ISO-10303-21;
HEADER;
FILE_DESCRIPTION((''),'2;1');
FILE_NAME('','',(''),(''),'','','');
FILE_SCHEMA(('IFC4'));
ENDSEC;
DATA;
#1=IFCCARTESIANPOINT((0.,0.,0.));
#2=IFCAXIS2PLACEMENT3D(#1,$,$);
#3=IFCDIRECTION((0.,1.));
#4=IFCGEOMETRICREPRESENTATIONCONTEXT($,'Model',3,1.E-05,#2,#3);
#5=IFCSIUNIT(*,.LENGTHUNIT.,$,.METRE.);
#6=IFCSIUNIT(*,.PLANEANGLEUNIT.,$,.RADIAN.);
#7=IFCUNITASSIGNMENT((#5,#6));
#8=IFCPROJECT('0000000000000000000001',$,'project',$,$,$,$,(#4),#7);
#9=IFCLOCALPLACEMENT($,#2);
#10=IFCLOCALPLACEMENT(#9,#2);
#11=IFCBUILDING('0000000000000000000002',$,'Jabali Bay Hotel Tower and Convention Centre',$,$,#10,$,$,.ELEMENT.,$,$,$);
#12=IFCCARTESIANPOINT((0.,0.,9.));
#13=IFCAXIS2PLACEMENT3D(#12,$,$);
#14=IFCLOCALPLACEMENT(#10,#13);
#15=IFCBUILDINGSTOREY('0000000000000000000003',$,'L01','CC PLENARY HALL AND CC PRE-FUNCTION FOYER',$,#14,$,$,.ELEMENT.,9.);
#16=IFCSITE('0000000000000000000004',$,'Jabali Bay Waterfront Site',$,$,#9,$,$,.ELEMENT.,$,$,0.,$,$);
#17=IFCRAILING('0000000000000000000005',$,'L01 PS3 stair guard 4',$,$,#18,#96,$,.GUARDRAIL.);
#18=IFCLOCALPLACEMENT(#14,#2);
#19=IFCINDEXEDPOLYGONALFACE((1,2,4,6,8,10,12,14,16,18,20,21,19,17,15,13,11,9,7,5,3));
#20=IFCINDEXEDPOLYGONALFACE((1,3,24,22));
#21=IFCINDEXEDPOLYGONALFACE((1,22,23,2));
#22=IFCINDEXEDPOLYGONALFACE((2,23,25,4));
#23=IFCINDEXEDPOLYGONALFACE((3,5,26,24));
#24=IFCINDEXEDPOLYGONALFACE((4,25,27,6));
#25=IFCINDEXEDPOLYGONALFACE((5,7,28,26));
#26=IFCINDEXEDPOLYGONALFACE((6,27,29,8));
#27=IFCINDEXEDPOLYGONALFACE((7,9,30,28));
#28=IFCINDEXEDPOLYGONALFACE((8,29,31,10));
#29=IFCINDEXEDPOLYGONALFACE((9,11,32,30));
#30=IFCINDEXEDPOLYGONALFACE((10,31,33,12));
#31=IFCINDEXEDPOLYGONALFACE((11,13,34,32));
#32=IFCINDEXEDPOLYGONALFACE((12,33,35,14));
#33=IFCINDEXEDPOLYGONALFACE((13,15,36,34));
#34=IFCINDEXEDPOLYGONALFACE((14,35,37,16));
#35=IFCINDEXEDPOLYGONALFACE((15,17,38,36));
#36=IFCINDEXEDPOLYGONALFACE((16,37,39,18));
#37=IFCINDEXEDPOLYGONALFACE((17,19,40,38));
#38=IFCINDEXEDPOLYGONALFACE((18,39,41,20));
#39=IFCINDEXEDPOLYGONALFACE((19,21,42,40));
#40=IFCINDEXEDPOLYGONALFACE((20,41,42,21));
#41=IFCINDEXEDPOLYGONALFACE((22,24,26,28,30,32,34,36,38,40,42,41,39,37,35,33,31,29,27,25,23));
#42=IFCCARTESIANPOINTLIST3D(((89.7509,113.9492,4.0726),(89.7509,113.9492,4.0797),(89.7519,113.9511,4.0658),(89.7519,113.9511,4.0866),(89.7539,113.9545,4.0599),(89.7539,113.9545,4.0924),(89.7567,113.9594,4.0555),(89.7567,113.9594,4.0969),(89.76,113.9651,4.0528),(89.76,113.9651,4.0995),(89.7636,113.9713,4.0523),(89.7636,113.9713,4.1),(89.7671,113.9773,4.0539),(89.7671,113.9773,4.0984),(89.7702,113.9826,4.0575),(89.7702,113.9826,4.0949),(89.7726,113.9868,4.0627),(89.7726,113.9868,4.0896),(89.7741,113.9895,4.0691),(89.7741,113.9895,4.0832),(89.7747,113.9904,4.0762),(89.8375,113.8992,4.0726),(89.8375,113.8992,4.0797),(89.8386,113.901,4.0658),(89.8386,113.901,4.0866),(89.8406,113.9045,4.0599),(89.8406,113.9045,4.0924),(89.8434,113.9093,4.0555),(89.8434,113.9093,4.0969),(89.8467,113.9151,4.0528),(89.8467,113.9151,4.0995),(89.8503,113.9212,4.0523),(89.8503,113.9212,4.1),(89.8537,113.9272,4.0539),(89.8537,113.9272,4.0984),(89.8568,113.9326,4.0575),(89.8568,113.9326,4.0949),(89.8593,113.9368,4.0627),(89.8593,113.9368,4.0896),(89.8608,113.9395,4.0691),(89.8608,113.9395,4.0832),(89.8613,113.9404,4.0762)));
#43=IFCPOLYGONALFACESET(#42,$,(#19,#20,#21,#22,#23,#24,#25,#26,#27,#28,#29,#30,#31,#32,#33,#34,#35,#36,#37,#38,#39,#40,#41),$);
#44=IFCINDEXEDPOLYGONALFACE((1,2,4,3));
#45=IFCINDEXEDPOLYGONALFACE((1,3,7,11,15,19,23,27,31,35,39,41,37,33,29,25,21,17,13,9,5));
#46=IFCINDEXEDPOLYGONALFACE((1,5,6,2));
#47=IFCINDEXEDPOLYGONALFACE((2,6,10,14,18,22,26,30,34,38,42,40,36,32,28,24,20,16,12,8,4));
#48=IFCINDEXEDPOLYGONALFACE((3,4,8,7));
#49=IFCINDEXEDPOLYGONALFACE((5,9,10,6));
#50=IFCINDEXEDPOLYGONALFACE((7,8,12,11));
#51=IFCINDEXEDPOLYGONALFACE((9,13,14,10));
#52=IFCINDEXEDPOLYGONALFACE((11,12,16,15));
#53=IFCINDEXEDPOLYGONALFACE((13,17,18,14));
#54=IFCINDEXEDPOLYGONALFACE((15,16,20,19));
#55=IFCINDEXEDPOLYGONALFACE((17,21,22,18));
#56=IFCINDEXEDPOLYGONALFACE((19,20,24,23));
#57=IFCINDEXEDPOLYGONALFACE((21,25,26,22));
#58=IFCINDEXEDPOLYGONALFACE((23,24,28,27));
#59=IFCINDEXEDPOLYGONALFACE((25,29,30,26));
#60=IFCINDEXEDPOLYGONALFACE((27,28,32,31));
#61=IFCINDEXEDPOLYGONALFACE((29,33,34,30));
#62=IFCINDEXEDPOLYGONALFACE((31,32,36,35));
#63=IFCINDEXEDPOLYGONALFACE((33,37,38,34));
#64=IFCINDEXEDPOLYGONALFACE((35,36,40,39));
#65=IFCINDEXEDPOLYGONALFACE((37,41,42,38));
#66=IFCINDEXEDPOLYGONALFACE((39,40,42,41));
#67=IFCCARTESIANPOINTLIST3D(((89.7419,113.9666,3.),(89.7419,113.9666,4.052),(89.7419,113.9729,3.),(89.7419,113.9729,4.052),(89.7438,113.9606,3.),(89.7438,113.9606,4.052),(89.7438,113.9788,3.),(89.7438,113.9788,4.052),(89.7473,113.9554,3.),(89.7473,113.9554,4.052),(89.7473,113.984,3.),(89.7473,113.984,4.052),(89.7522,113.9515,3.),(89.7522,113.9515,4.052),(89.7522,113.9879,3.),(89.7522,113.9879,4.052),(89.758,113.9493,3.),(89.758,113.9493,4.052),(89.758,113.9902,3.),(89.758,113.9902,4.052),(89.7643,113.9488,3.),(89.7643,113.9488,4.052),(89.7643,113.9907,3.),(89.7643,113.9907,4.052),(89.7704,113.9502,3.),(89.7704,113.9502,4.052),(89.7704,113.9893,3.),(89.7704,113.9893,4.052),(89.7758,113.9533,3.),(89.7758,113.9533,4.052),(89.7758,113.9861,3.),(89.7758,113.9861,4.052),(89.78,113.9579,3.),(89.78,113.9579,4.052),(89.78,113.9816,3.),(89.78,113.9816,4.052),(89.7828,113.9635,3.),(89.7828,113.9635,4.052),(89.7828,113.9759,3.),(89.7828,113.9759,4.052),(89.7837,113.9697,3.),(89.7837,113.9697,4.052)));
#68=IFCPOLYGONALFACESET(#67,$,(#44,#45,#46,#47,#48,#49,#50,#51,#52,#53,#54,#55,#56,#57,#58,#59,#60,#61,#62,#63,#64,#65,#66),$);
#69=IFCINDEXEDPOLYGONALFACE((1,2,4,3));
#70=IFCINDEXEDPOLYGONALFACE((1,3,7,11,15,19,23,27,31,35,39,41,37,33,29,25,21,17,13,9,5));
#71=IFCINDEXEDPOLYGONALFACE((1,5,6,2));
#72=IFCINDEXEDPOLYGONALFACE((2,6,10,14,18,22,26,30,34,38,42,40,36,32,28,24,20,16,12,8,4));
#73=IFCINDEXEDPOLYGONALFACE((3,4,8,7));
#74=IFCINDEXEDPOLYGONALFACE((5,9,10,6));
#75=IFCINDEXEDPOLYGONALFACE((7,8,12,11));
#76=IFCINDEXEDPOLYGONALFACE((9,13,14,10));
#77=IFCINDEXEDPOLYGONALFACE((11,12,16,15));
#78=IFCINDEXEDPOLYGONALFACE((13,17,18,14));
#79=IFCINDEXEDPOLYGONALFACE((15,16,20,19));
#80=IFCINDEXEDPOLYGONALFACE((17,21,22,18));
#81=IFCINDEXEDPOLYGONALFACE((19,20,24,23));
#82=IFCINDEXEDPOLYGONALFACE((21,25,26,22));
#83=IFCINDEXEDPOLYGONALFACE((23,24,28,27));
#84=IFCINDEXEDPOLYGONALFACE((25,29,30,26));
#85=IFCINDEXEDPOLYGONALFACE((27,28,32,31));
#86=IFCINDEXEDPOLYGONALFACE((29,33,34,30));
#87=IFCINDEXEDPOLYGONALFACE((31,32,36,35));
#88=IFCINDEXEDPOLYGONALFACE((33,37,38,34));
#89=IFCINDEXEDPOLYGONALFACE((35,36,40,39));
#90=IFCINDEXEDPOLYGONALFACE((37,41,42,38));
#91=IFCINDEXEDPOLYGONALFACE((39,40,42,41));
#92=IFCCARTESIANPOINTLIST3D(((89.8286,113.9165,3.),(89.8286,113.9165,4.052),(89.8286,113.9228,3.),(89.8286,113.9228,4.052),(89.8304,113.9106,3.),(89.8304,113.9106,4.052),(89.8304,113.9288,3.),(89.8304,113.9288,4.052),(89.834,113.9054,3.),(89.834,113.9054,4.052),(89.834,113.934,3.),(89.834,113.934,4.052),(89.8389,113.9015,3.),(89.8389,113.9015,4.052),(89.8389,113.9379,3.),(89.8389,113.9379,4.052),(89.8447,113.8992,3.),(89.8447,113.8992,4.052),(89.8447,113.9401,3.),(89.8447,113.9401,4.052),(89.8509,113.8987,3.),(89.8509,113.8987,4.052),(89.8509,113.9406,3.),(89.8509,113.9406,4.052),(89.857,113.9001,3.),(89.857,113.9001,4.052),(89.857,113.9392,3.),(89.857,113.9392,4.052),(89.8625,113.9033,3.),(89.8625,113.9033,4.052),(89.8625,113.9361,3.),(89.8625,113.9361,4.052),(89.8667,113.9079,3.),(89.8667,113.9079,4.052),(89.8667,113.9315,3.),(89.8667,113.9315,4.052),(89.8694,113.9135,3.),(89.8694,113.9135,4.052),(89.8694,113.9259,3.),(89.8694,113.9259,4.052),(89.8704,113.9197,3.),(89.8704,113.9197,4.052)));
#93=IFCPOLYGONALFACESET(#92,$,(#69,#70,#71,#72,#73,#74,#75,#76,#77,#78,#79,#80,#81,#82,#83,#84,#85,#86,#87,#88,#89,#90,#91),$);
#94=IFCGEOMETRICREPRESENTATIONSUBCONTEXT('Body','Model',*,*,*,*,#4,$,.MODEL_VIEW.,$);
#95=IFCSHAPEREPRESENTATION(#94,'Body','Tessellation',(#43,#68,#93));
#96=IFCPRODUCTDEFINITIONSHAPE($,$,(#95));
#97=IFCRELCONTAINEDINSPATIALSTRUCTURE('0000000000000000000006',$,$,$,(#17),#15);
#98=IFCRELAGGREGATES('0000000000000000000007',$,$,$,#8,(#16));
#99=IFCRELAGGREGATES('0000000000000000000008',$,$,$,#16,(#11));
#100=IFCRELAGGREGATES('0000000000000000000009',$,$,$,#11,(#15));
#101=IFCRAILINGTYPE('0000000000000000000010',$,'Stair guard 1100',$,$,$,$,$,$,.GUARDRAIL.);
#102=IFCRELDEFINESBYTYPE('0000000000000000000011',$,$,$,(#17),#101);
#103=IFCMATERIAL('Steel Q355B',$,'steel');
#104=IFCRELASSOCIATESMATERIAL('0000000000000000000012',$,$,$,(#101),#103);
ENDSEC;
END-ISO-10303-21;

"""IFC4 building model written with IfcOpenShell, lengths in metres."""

from ifc_helpers import new_model, si_unit, direction, frame, origin, origin_2d, place, context, subcontext, project, spatial, circle, extrude, material, type_object, element, save


model = new_model("IFC4")

# Units and contexts
model_context = context("Model", 3, precision=1e-05, world=origin(), true_north=direction((0.0, 1.0)))
body_context = subcontext(model_context, "Body", "Model", "MODEL_VIEW")
ifc_project = project(units=[si_unit("LENGTHUNIT", "METRE"), si_unit("PLANEANGLEUNIT", "RADIAN")], contexts=[model_context])

# Site, building, storey
site_placement = place(None, origin())
site = spatial("IfcSite", under=ifc_project, at=site_placement, Name="Jabali Bay Waterfront Site", CompositionType="ELEMENT", RefElevation=0.0)
building_placement = place(site_placement, origin())
building = spatial("IfcBuilding", under=site, at=building_placement, Name="Jabali Bay Hotel Tower and Convention Centre", CompositionType="ELEMENT")
storey_placement = place(building_placement, frame((0.0, 0.0, 9.0)))
storey = spatial("IfcBuildingStorey", under=building, at=storey_placement, Name="L01", Description="CC PLENARY HALL AND CC PRE-FUNCTION FOYER", CompositionType="ELEMENT", Elevation=9.0)

# Railing
ifc_material_1 = material(Name="Steel Q355B", Category="steel")
railing_type_1 = type_object("IfcRailingType", Name="Stair guard 1100", PredefinedType="GUARDRAIL", material=ifc_material_1)
railing_1_placement = place(storey_placement, frame((89.7627, 113.9697, 3.0)))
element("IfcRailing", 1, at=railing_1_placement, inside=storey, type_object=railing_type_1, Name="L01 PS3 stair guard 4", PredefinedType="GUARDRAIL", context=body_context, shape_type="SweptSolid", body=[
    extrude(circle(Radius=0.0239, at=origin_2d()), frame((0.0, 0.0, 1.0762), z_axis=(0.865982, -0.500074, 0.0), x_axis=(0.500074, 0.865982, 0.0)), (0.0, 0.0, 1.0), 0.1001),
    extrude(circle(Radius=0.021, at=origin_2d()), origin(), (0.0, 0.0, 1.0), 1.052),
    extrude(circle(Radius=0.021, at=origin_2d()), frame((0.0867, -0.05, 0.0)), (0.0, 0.0, 1.0), 1.052),
])

save(model, "model.ifc")
